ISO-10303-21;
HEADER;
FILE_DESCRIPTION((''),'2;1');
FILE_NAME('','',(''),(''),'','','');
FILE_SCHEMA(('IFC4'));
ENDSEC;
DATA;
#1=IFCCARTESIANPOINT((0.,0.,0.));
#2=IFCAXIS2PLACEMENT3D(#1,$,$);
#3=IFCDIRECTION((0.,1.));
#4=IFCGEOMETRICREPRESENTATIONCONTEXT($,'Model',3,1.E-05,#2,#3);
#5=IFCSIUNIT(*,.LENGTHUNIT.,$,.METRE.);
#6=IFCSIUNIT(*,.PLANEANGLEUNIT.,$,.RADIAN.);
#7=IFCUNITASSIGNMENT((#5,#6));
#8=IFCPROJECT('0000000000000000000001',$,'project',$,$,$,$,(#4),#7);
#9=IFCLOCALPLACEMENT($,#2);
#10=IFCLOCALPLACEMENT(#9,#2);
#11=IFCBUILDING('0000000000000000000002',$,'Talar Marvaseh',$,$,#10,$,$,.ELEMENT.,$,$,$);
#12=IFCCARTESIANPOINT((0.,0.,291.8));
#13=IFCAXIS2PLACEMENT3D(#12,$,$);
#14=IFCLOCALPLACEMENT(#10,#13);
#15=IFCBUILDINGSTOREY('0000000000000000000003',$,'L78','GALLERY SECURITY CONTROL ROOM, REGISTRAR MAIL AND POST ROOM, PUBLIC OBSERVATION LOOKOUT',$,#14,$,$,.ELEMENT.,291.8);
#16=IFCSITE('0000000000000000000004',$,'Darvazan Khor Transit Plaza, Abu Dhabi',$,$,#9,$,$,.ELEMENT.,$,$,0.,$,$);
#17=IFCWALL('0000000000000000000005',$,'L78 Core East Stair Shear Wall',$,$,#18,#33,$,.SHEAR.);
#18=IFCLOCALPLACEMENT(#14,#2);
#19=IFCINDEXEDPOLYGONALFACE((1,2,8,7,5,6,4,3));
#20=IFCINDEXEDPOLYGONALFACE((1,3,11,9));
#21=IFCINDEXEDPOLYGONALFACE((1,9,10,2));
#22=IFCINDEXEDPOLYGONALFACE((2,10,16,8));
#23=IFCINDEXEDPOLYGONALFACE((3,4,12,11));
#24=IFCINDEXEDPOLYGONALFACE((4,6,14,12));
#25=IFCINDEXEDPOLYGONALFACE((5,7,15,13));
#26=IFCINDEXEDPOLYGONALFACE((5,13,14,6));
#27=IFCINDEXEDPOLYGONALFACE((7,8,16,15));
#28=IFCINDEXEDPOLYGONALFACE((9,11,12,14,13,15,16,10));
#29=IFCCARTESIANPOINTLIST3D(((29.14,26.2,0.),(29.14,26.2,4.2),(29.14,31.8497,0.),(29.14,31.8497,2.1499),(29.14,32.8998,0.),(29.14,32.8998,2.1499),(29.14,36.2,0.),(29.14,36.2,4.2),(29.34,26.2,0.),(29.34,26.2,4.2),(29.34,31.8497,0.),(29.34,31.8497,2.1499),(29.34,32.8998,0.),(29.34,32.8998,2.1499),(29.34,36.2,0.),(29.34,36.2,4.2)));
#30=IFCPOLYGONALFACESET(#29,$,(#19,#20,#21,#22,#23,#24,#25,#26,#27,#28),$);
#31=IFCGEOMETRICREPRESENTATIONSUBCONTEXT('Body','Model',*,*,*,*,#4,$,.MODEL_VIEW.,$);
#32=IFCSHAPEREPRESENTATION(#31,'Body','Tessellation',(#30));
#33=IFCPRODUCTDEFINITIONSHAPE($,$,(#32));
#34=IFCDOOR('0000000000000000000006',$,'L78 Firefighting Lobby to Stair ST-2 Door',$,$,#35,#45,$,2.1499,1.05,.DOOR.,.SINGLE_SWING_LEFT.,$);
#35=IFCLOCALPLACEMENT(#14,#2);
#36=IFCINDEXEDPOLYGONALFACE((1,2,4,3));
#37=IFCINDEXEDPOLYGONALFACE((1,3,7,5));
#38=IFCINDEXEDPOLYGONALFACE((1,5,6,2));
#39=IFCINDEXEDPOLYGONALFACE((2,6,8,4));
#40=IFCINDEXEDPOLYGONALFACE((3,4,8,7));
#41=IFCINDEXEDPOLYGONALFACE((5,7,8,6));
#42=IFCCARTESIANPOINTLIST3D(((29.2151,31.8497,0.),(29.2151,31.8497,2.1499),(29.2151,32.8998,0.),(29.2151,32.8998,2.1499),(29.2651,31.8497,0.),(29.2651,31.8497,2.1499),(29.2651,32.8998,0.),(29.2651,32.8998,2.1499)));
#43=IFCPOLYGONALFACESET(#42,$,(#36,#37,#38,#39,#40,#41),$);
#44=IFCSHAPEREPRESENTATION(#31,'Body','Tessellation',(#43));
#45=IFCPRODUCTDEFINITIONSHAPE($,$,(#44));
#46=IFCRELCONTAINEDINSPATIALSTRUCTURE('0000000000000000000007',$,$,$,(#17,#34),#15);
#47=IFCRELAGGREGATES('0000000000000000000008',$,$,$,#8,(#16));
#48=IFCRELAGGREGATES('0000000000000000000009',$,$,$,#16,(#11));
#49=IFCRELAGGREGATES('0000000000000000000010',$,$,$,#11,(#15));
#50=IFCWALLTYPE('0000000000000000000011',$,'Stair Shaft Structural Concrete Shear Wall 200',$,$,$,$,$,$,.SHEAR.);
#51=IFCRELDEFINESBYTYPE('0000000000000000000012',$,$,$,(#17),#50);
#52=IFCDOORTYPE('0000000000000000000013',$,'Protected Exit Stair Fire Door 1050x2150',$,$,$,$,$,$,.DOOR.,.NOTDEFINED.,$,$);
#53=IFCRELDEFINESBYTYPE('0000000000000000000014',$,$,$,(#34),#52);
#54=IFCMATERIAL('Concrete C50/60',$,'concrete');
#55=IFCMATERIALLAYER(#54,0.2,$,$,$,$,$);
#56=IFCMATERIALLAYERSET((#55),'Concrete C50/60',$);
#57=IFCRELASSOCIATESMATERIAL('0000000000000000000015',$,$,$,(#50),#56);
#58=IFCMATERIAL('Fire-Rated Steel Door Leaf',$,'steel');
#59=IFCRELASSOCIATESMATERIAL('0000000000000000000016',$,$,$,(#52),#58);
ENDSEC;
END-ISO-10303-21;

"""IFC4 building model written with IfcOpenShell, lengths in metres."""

from ifc_helpers import new_model, si_unit, direction, frame, frame_2d, origin, place, context, subcontext, project, spatial, rectangle, extrude, source, transform, mapped, material, layer, layer_set, type_object, type_shapes, element, fill, save


model = new_model("IFC4")

# Units and contexts
model_context = context("Model", 3, precision=1e-05, world=origin(), true_north=direction((0.0, 1.0)))
body_context = subcontext(model_context, "Body", "Model", "MODEL_VIEW")
ifc_project = project(units=[si_unit("LENGTHUNIT", "METRE"), si_unit("PLANEANGLEUNIT", "RADIAN")], contexts=[model_context])

# Site, building, storey
site_placement = place(None, origin())
site = spatial("IfcSite", under=ifc_project, at=site_placement, Name="Darvazan Khor Transit Plaza, Abu Dhabi", CompositionType="ELEMENT", RefElevation=0.0)
building_placement = place(site_placement, origin())
building = spatial("IfcBuilding", under=site, at=building_placement, Name="Talar Marvaseh", CompositionType="ELEMENT")
storey_placement = place(building_placement, frame((0.0, 0.0, 291.8)))
storey = spatial("IfcBuildingStorey", under=building, at=storey_placement, Name="L78", Description="GALLERY SECURITY CONTROL ROOM, REGISTRAR MAIL AND POST ROOM, PUBLIC OBSERVATION LOOKOUT", CompositionType="ELEMENT", Elevation=291.8)

# Shared definitions
ifc_material_1 = material(Name="Concrete C50/60", Category="concrete")

# Shared definitions
ifc_material_2 = material(Name="Fire-Rated Steel Door Leaf", Category="steel")

# Shared definitions
ifc_layer_1 = layer(ifc_material_1, 0.2)
ifc_layer_set_1 = layer_set([ifc_layer_1], Name="Concrete C50/60")
wall_type_1 = type_object("IfcWallType", Name="Stair Shaft Structural Concrete Shear Wall 200", PredefinedType="SHEAR", material=ifc_layer_set_1)

# Wall, opening, door
wall_1_placement = place(storey_placement, frame((29.24, 26.2, 0.0), z_axis=(0.0, 0.0, 1.0), x_axis=(0.0, 1.0, 0.0)))
wall_1 = element("IfcWall", 1, at=wall_1_placement, inside=storey, type_object=wall_type_1, Name="L78 Core East Stair Shear Wall", PredefinedType="SHEAR", context=body_context, shape_type="SweptSolid", body=[
    extrude(rectangle(XDim=10.0, YDim=0.2, at=frame_2d((5.0, 0.0))), origin(), (0.0, 0.0, 1.0), 4.2),
])
opening_1_placement = place(wall_1_placement, frame((5.6499, 0.0, 0.0)))
opening_1 = element("IfcOpeningElement", 2, at=opening_1_placement, cuts=wall_1, PredefinedType="OPENING", context=body_context, shape_type="SweptSolid", body=[
    extrude(rectangle(XDim=1.05, YDim=2.1499, at=frame_2d((0.5249, 1.075))), frame((0.0, 0.1099, 0.0), z_axis=(0.0, -1.0, 0.0), x_axis=(1.0, 0.0, 0.0)), (0.0, 0.0, 1.0), 0.22),
])
door_type_1 = type_object("IfcDoorType", Name="Protected Exit Stair Fire Door 1050x2150", OperationType="NOTDEFINED", PredefinedType="DOOR", material=ifc_material_2)
shared_shape_1 = source(origin(), body_context, "Body", "SweptSolid", [
    extrude(rectangle(XDim=1.05, YDim=2.1499, at=frame_2d((0.5249, 1.075))), frame((0.0, 0.0249, 0.0), z_axis=(0.0, -1.0, 0.0), x_axis=(1.0, 0.0, 0.0)), (0.0, 0.0, 1.0), 0.05),
])
type_shapes(door_type_1, [shared_shape_1])
door_1_placement = place(opening_1_placement, origin())
door_1 = element("IfcDoor", 3, at=door_1_placement, inside=storey, type_object=door_type_1, Name="L78 Firefighting Lobby to Stair ST-2 Door", OperationType="SINGLE_SWING_LEFT", OverallHeight=2.1499, OverallWidth=1.05, PredefinedType="DOOR", context=body_context, shape_type="MappedRepresentation", body=[
    mapped(shared_shape_1, transform((0.0, 0.0, 0.0), x_axis=(1.0, 0.0, 0.0), y_axis=(0.0, 1.0, 0.0), z_axis=(0.0, 0.0, 1.0), scale=1.0)),
])
fill(opening_1, door_1)

save(model, "model.ifc")
